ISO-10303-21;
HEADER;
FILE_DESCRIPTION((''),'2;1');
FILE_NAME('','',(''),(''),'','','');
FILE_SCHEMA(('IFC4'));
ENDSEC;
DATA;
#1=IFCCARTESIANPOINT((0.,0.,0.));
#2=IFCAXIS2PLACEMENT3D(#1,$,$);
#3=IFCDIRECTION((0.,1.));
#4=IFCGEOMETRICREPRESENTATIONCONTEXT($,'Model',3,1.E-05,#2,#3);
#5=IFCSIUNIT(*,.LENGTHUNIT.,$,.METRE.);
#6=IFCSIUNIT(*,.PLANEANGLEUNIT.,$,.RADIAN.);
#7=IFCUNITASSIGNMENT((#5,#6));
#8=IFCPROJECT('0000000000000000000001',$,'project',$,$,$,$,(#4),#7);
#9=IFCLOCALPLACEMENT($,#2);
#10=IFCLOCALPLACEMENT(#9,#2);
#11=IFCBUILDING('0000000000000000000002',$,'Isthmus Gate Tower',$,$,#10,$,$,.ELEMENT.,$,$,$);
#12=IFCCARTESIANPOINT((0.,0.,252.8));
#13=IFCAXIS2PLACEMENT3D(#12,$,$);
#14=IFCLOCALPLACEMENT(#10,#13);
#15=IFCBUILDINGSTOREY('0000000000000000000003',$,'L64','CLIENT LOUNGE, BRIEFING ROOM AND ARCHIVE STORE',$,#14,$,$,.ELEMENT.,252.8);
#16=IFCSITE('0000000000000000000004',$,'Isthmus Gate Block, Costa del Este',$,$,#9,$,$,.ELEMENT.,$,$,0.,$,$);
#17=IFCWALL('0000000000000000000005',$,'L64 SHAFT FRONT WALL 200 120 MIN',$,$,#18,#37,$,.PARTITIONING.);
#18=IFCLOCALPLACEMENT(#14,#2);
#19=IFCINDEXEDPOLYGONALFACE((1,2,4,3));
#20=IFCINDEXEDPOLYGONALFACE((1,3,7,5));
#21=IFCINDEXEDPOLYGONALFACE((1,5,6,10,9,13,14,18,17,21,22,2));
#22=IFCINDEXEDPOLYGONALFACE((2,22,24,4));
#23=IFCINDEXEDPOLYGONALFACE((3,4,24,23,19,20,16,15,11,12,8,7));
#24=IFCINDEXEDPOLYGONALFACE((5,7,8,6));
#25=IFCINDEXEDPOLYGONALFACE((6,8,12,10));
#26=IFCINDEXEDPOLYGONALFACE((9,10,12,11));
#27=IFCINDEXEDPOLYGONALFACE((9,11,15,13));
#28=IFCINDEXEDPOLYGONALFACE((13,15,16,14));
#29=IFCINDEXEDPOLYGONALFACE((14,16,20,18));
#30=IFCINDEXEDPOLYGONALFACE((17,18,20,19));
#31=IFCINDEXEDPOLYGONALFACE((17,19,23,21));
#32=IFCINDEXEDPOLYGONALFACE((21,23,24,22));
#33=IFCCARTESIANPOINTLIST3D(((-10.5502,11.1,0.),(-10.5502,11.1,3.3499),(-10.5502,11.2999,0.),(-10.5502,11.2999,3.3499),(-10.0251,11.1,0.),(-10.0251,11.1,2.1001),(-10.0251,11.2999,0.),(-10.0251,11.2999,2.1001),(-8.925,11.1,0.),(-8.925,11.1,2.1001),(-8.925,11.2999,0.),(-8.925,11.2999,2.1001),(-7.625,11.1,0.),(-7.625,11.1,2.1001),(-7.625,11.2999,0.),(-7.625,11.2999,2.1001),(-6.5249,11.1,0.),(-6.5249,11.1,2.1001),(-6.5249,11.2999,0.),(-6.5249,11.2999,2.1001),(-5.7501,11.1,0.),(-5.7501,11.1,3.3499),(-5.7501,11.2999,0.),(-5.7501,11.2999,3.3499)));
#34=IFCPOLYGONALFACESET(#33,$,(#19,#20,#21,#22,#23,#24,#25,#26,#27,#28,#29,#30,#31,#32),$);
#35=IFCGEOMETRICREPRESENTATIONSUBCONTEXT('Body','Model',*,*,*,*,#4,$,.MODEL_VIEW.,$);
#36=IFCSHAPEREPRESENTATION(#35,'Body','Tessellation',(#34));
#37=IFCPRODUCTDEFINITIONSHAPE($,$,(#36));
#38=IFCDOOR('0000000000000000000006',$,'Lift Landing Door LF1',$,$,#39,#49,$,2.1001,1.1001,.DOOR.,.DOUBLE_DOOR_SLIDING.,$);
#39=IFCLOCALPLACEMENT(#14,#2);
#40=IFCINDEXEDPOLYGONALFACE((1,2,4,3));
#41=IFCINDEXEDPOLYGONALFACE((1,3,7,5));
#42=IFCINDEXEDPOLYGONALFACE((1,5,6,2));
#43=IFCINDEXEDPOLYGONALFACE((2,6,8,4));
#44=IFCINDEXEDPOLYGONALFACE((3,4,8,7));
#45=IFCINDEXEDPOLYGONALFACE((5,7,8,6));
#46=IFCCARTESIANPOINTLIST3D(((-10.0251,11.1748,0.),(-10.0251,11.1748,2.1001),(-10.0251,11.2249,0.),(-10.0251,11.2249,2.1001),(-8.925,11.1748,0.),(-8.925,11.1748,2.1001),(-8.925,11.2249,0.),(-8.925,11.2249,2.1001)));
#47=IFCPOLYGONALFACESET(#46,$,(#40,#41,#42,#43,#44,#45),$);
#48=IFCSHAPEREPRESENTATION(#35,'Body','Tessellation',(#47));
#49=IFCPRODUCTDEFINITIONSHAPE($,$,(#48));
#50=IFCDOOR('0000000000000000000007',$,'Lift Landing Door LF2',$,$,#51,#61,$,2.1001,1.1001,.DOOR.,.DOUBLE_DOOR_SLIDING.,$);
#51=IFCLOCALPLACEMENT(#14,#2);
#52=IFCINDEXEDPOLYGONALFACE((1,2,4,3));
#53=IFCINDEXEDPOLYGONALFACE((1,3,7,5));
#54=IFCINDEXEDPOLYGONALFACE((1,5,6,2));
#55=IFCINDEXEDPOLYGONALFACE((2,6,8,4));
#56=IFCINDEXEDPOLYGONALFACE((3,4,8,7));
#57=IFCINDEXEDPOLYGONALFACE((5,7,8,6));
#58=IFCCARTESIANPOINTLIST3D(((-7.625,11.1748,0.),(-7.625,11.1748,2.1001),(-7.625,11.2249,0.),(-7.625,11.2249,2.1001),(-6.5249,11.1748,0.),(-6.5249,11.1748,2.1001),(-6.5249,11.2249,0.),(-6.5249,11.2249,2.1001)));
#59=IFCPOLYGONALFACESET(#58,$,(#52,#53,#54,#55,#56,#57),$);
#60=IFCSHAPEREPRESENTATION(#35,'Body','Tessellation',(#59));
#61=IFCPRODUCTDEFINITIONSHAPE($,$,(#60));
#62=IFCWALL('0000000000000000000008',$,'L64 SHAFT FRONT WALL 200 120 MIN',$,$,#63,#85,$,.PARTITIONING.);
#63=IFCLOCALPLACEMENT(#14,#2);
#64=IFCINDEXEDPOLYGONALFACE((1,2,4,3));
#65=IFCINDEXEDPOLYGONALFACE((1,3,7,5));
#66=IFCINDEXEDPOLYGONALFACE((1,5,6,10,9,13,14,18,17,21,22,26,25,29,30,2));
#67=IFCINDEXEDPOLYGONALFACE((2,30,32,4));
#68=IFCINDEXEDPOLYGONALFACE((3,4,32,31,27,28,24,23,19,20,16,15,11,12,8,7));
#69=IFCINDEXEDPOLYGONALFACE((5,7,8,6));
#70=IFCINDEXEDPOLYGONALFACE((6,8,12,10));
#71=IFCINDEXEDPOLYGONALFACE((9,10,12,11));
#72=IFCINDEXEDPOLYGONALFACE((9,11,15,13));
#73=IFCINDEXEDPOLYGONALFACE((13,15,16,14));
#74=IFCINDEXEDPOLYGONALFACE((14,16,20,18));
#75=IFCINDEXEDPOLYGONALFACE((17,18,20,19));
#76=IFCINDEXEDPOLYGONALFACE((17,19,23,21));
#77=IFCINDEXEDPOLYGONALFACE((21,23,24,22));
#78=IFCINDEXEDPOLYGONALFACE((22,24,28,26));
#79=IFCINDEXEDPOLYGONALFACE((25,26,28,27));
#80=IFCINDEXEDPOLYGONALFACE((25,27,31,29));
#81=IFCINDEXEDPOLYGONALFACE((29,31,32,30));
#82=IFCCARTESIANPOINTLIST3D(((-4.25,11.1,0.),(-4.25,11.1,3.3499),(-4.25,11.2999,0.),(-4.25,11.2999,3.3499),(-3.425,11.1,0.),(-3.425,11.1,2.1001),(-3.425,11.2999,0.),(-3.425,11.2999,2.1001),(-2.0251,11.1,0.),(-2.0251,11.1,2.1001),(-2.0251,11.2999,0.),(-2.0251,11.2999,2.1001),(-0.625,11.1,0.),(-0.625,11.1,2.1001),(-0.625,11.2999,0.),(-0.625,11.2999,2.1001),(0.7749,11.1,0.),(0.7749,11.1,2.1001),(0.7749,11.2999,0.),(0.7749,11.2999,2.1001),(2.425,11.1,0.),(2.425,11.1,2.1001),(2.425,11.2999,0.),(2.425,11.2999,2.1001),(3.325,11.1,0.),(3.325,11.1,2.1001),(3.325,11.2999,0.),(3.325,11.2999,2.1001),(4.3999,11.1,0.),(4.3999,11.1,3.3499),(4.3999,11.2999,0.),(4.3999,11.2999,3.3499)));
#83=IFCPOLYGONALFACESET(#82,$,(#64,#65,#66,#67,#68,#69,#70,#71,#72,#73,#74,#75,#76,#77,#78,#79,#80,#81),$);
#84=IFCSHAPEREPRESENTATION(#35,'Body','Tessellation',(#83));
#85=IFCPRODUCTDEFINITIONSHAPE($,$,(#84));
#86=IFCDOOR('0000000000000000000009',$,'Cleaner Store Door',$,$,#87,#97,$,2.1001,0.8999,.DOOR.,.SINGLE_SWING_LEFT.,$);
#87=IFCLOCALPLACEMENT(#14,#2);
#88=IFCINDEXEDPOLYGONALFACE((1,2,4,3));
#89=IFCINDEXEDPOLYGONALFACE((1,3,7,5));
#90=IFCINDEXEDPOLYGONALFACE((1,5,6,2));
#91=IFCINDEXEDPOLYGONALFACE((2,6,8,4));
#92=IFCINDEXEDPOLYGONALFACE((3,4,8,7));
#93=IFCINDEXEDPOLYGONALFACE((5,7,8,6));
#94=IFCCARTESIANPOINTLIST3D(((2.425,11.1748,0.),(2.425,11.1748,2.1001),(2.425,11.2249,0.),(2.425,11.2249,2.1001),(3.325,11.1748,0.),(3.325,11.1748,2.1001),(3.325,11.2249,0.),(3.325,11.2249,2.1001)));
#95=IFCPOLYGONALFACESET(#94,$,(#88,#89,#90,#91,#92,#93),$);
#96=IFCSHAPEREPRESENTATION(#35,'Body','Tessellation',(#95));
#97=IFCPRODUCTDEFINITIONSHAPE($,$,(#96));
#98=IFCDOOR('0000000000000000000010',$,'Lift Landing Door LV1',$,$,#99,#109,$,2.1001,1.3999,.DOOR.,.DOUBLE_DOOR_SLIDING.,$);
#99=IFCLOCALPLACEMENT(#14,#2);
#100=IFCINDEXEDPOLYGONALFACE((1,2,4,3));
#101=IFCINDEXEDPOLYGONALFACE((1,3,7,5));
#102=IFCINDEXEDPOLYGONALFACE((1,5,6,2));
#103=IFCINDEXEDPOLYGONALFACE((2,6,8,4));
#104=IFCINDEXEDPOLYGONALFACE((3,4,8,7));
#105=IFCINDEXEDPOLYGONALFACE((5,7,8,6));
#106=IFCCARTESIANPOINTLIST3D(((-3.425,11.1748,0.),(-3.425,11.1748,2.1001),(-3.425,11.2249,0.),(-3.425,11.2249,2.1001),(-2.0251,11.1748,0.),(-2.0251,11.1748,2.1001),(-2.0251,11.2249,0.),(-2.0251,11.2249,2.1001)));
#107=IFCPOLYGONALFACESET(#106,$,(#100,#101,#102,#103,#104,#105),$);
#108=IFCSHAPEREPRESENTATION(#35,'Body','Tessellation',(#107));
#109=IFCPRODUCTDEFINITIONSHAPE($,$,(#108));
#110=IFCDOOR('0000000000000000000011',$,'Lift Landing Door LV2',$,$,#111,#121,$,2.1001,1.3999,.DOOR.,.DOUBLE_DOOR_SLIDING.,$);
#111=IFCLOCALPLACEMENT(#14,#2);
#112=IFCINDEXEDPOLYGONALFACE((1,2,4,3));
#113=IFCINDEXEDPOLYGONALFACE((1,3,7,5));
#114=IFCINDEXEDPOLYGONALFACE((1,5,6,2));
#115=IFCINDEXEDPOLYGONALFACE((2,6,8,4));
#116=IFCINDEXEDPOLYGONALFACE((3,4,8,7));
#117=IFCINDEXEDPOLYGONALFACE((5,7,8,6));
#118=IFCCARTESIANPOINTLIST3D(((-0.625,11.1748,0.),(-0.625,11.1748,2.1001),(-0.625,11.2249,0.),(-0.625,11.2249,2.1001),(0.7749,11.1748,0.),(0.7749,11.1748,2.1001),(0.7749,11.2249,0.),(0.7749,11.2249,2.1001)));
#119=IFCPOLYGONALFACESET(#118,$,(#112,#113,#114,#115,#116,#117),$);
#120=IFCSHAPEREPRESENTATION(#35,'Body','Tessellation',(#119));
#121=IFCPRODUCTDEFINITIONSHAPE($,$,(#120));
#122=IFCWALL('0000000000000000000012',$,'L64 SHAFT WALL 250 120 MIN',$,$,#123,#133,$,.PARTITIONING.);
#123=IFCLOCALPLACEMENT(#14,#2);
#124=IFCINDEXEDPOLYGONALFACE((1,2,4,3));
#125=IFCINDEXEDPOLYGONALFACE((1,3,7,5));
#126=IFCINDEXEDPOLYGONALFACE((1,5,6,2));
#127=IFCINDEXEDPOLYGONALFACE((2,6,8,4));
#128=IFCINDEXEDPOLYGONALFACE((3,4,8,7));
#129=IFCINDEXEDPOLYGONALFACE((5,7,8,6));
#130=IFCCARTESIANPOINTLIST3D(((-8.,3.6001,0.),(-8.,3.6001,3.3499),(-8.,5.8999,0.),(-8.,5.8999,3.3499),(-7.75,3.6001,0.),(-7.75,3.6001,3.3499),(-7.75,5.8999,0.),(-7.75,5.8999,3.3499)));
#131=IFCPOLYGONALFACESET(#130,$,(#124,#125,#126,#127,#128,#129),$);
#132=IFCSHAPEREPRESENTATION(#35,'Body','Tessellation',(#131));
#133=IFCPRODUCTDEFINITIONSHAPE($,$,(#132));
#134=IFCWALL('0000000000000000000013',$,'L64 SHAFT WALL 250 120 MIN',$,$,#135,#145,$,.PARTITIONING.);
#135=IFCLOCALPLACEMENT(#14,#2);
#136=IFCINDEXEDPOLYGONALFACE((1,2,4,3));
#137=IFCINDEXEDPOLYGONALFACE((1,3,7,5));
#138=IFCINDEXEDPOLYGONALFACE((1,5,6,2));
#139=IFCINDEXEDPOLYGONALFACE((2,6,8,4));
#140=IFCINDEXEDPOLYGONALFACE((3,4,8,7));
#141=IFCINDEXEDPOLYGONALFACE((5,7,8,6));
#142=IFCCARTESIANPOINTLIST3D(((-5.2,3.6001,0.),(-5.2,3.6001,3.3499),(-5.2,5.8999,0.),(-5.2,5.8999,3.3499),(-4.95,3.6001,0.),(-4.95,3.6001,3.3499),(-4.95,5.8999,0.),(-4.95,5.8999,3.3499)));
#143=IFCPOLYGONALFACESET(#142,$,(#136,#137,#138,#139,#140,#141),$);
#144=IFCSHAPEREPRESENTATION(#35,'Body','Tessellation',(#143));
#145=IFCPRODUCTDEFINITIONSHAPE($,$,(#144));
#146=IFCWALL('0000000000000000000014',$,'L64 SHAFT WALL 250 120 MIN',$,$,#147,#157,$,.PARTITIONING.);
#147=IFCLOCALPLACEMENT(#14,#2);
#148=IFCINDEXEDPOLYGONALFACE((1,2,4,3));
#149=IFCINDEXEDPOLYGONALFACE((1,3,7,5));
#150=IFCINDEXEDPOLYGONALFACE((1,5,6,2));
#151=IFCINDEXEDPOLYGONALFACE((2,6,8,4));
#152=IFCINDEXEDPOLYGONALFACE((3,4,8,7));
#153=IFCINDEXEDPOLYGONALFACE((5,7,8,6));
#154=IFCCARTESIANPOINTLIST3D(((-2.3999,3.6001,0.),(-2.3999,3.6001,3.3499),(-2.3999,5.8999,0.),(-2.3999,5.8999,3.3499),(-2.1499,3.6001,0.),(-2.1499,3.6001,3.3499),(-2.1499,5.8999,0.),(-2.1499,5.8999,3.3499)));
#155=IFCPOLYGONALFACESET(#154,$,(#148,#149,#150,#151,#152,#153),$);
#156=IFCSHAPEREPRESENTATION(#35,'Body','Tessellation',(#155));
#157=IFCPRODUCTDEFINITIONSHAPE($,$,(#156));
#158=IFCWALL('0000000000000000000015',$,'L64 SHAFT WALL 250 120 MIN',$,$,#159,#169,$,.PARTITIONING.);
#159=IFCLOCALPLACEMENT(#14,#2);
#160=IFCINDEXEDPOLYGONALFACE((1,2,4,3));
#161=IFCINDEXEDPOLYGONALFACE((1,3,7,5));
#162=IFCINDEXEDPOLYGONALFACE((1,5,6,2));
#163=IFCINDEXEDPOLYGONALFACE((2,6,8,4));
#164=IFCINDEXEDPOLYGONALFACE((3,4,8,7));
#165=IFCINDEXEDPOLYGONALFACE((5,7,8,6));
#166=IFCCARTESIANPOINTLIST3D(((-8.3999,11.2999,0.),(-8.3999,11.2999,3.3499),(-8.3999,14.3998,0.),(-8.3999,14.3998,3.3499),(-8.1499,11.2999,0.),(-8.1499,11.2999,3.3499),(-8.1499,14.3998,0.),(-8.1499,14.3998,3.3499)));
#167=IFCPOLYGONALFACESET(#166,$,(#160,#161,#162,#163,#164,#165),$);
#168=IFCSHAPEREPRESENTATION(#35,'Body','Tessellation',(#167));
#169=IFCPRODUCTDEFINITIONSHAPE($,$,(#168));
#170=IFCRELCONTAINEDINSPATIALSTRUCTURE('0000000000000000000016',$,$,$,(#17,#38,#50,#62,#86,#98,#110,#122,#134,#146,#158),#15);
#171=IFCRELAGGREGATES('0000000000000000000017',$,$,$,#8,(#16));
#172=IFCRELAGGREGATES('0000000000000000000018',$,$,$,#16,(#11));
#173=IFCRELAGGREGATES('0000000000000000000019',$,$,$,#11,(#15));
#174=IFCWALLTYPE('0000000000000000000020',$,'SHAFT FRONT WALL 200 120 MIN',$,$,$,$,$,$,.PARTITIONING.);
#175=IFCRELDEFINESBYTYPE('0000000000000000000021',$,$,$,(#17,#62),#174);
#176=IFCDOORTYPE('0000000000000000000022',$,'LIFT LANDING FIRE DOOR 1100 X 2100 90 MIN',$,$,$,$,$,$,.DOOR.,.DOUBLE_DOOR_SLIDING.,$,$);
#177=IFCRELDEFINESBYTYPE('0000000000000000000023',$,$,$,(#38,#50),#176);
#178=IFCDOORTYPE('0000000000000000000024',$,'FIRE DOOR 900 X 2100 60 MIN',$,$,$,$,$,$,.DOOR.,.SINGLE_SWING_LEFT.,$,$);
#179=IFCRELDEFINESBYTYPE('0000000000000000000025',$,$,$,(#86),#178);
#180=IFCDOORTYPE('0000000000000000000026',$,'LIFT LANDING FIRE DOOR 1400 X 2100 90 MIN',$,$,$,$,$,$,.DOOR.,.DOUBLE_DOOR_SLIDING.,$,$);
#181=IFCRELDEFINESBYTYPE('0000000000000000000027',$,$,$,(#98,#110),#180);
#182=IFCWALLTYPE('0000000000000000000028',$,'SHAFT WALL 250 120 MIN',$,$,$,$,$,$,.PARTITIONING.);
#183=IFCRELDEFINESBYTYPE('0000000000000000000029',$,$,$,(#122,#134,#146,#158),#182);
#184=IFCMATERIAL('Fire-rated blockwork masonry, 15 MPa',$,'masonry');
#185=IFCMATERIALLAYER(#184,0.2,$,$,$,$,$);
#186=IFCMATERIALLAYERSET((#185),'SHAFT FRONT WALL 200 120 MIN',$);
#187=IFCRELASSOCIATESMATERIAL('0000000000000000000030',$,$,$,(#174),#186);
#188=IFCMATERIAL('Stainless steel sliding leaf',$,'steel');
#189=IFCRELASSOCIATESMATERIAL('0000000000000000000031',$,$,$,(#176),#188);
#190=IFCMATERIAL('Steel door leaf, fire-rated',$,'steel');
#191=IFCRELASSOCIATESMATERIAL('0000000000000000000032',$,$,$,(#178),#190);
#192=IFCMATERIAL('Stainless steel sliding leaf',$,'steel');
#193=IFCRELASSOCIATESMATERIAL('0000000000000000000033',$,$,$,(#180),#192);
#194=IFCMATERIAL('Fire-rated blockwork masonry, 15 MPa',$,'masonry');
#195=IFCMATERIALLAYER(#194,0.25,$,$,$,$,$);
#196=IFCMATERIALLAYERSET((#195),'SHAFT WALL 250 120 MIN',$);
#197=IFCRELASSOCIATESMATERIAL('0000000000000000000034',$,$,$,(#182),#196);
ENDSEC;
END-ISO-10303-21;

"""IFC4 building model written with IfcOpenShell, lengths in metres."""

from ifc_helpers import new_model, si_unit, direction, frame, frame_2d, origin, place, context, subcontext, project, spatial, rectangle, extrude, material, layer, layer_set, type_object, element, fill, save


model = new_model("IFC4")

# Units and contexts
model_context = context("Model", 3, precision=1e-05, world=origin(), true_north=direction((0.0, 1.0)))
body_context = subcontext(model_context, "Body", "Model", "MODEL_VIEW")
ifc_project = project(units=[si_unit("LENGTHUNIT", "METRE"), si_unit("PLANEANGLEUNIT", "RADIAN")], contexts=[model_context])

# Site, building, storey
site_placement = place(None, origin())
site = spatial("IfcSite", under=ifc_project, at=site_placement, Name="Isthmus Gate Block, Costa del Este", CompositionType="ELEMENT", RefElevation=0.0)
building_placement = place(site_placement, origin())
building = spatial("IfcBuilding", under=site, at=building_placement, Name="Isthmus Gate Tower", CompositionType="ELEMENT")
storey_placement = place(building_placement, frame((0.0, 0.0, 252.8)))
storey = spatial("IfcBuildingStorey", under=building, at=storey_placement, Name="L64", Description="CLIENT LOUNGE, BRIEFING ROOM AND ARCHIVE STORE", CompositionType="ELEMENT", Elevation=252.8)

# Walls, openings, doors
ifc_material_1 = material(Name="Fire-rated blockwork masonry, 15 MPa", Category="masonry")
ifc_layer_1 = layer(ifc_material_1, 0.2)
ifc_layer_set_1 = layer_set([ifc_layer_1], Name="SHAFT FRONT WALL 200 120 MIN")
wall_type_1 = type_object("IfcWallType", Name="SHAFT FRONT WALL 200 120 MIN", PredefinedType="PARTITIONING", material=ifc_layer_set_1)
wall_1_placement = place(storey_placement, frame((-10.55, 11.2, 0.0), z_axis=(0.0, 0.0, 1.0), x_axis=(1.0, 0.0, 0.0)))
wall_1 = element("IfcWall", 1, at=wall_1_placement, inside=storey, type_object=wall_type_1, Name="L64 SHAFT FRONT WALL 200 120 MIN", PredefinedType="PARTITIONING", context=body_context, shape_type="SweptSolid", body=[
    extrude(rectangle(XDim=4.8, YDim=0.2, at=frame_2d((2.3999, 0.0))), origin(), (0.0, 0.0, 1.0), 3.3499),
])
opening_1_placement = place(wall_1_placement, frame((0.5249, 0.0, 0.0)))
opening_1 = element("IfcOpeningElement", 2, at=opening_1_placement, cuts=wall_1, PredefinedType="OPENING", context=body_context, shape_type="SweptSolid", body=[
    extrude(rectangle(XDim=1.1001, YDim=2.1001, at=frame_2d((0.55, 1.05))), frame((0.0, 0.1099, 0.0), z_axis=(0.0, -1.0, 0.0), x_axis=(1.0, 0.0, 0.0)), (0.0, 0.0, 1.0), 0.22),
])
opening_2_placement = place(wall_1_placement, frame((2.925, 0.0, 0.0)))
opening_2 = element("IfcOpeningElement", 3, at=opening_2_placement, cuts=wall_1, PredefinedType="OPENING", context=body_context, shape_type="SweptSolid", body=[
    extrude(rectangle(XDim=1.1001, YDim=2.1001, at=frame_2d((0.55, 1.05))), frame((0.0, 0.1099, 0.0), z_axis=(0.0, -1.0, 0.0), x_axis=(1.0, 0.0, 0.0)), (0.0, 0.0, 1.0), 0.22),
])
ifc_material_2 = material(Name="Stainless steel sliding leaf", Category="steel")
door_type_1 = type_object("IfcDoorType", Name="LIFT LANDING FIRE DOOR 1100 X 2100 90 MIN", OperationType="DOUBLE_DOOR_SLIDING", PredefinedType="DOOR", material=ifc_material_2)
door_1_placement = place(opening_1_placement, origin())
door_1 = element("IfcDoor", 4, at=door_1_placement, inside=storey, type_object=door_type_1, Name="Lift Landing Door LF1", OperationType="DOUBLE_DOOR_SLIDING", OverallHeight=2.1001, OverallWidth=1.1001, PredefinedType="DOOR", context=body_context, shape_type="SweptSolid", body=[
    extrude(rectangle(XDim=1.1001, YDim=2.1001, at=frame_2d((0.55, 1.05))), frame((0.0, 0.0249, 0.0), z_axis=(0.0, -1.0, 0.0), x_axis=(1.0, 0.0, 0.0)), (0.0, 0.0, 1.0), 0.05),
])
fill(opening_1, door_1)
door_2_placement = place(opening_2_placement, origin())
door_2 = element("IfcDoor", 5, at=door_2_placement, inside=storey, type_object=door_type_1, Name="Lift Landing Door LF2", OperationType="DOUBLE_DOOR_SLIDING", OverallHeight=2.1001, OverallWidth=1.1001, PredefinedType="DOOR", context=body_context, shape_type="SweptSolid", body=[
    extrude(rectangle(XDim=1.1001, YDim=2.1001, at=frame_2d((0.55, 1.05))), frame((0.0, 0.0249, 0.0), z_axis=(0.0, -1.0, 0.0), x_axis=(1.0, 0.0, 0.0)), (0.0, 0.0, 1.0), 0.05),
])
fill(opening_2, door_2)
wall_2_placement = place(storey_placement, frame((-4.25, 11.2, 0.0), z_axis=(0.0, 0.0, 1.0), x_axis=(1.0, 0.0, 0.0)))
wall_2 = element("IfcWall", 6, at=wall_2_placement, inside=storey, type_object=wall_type_1, Name="L64 SHAFT FRONT WALL 200 120 MIN", PredefinedType="PARTITIONING", context=body_context, shape_type="SweptSolid", body=[
    extrude(rectangle(XDim=8.6499, YDim=0.2, at=frame_2d((4.325, 0.0))), origin(), (0.0, 0.0, 1.0), 3.3499),
])
opening_3_placement = place(wall_2_placement, frame((0.825, 0.0, 0.0)))
opening_3 = element("IfcOpeningElement", 7, at=opening_3_placement, cuts=wall_2, PredefinedType="OPENING", context=body_context, shape_type="SweptSolid", body=[
    extrude(rectangle(XDim=1.3999, YDim=2.1001, at=frame_2d((0.7, 1.05))), frame((0.0, 0.1099, 0.0), z_axis=(0.0, -1.0, 0.0), x_axis=(1.0, 0.0, 0.0)), (0.0, 0.0, 1.0), 0.22),
])
opening_4_placement = place(wall_2_placement, frame((3.625, 0.0, 0.0)))
opening_4 = element("IfcOpeningElement", 8, at=opening_4_placement, cuts=wall_2, PredefinedType="OPENING", context=body_context, shape_type="SweptSolid", body=[
    extrude(rectangle(XDim=1.3999, YDim=2.1001, at=frame_2d((0.7, 1.05))), frame((0.0, 0.1099, 0.0), z_axis=(0.0, -1.0, 0.0), x_axis=(1.0, 0.0, 0.0)), (0.0, 0.0, 1.0), 0.22),
])
opening_5_placement = place(wall_2_placement, frame((6.675, 0.0, 0.0)))
opening_5 = element("IfcOpeningElement", 9, at=opening_5_placement, cuts=wall_2, PredefinedType="OPENING", context=body_context, shape_type="SweptSolid", body=[
    extrude(rectangle(XDim=0.8999, YDim=2.1001, at=frame_2d((0.45, 1.05))), frame((0.0, 0.1099, 0.0), z_axis=(0.0, -1.0, 0.0), x_axis=(1.0, 0.0, 0.0)), (0.0, 0.0, 1.0), 0.22),
])
ifc_material_3 = material(Name="Steel door leaf, fire-rated", Category="steel")
door_type_2 = type_object("IfcDoorType", Name="FIRE DOOR 900 X 2100 60 MIN", OperationType="SINGLE_SWING_LEFT", PredefinedType="DOOR", material=ifc_material_3)
door_3_placement = place(opening_5_placement, origin())
door_3 = element("IfcDoor", 10, at=door_3_placement, inside=storey, type_object=door_type_2, Name="Cleaner Store Door", OperationType="SINGLE_SWING_LEFT", OverallHeight=2.1001, OverallWidth=0.8999, PredefinedType="DOOR", context=body_context, shape_type="SweptSolid", body=[
    extrude(rectangle(XDim=0.8999, YDim=2.1001, at=frame_2d((0.45, 1.05))), frame((0.0, 0.0249, 0.0), z_axis=(0.0, -1.0, 0.0), x_axis=(1.0, 0.0, 0.0)), (0.0, 0.0, 1.0), 0.05),
])
fill(opening_5, door_3)
ifc_material_4 = material(Name="Stainless steel sliding leaf", Category="steel")
door_type_3 = type_object("IfcDoorType", Name="LIFT LANDING FIRE DOOR 1400 X 2100 90 MIN", OperationType="DOUBLE_DOOR_SLIDING", PredefinedType="DOOR", material=ifc_material_4)
door_4_placement = place(opening_3_placement, origin())
door_4 = element("IfcDoor", 11, at=door_4_placement, inside=storey, type_object=door_type_3, Name="Lift Landing Door LV1", OperationType="DOUBLE_DOOR_SLIDING", OverallHeight=2.1001, OverallWidth=1.3999, PredefinedType="DOOR", context=body_context, shape_type="SweptSolid", body=[
    extrude(rectangle(XDim=1.3999, YDim=2.1001, at=frame_2d((0.7, 1.05))), frame((0.0, 0.0249, 0.0), z_axis=(0.0, -1.0, 0.0), x_axis=(1.0, 0.0, 0.0)), (0.0, 0.0, 1.0), 0.05),
])
fill(opening_3, door_4)
door_5_placement = place(opening_4_placement, origin())
door_5 = element("IfcDoor", 12, at=door_5_placement, inside=storey, type_object=door_type_3, Name="Lift Landing Door LV2", OperationType="DOUBLE_DOOR_SLIDING", OverallHeight=2.1001, OverallWidth=1.3999, PredefinedType="DOOR", context=body_context, shape_type="SweptSolid", body=[
    extrude(rectangle(XDim=1.3999, YDim=2.1001, at=frame_2d((0.7, 1.05))), frame((0.0, 0.0249, 0.0), z_axis=(0.0, -1.0, 0.0), x_axis=(1.0, 0.0, 0.0)), (0.0, 0.0, 1.0), 0.05),
])
fill(opening_4, door_5)

# Walls
ifc_material_5 = material(Name="Fire-rated blockwork masonry, 15 MPa", Category="masonry")
ifc_layer_2 = layer(ifc_material_5, 0.25)
ifc_layer_set_2 = layer_set([ifc_layer_2], Name="SHAFT WALL 250 120 MIN")
wall_type_2 = type_object("IfcWallType", Name="SHAFT WALL 250 120 MIN", PredefinedType="PARTITIONING", material=ifc_layer_set_2)
for number, where, z_axis, x_axis, name in (
    (13, (-7.875, 3.6001, 0.0), (0.0, 0.0, 1.0), (0.0, 1.0, 0.0), "L64 SHAFT WALL 250 120 MIN"),
    (14, (-5.075, 3.6001, 0.0), (0.0, 0.0, 1.0), (0.0, 1.0, 0.0), "L64 SHAFT WALL 250 120 MIN"),
    (15, (-2.2749, 3.6001, 0.0), (0.0, 0.0, 1.0), (0.0, 1.0, 0.0), "L64 SHAFT WALL 250 120 MIN"),
):
    element("IfcWall", number, at=place(storey_placement, frame(where, z_axis=z_axis, x_axis=x_axis)), inside=storey, type_object=wall_type_2, Name=name, PredefinedType="PARTITIONING", context=body_context, shape_type="SweptSolid", body=[
        extrude(rectangle(XDim=2.2998, YDim=0.25, at=frame_2d((1.1499, 0.0))), origin(), (0.0, 0.0, 1.0), 3.3499),
    ])
for number, where, z_axis, x_axis, name in (
    (16, (-8.2749, 11.3, 0.0), (0.0, 0.0, 1.0), (0.0, 1.0, 0.0), "L64 SHAFT WALL 250 120 MIN"),
):
    element("IfcWall", number, at=place(storey_placement, frame(where, z_axis=z_axis, x_axis=x_axis)), inside=storey, type_object=wall_type_2, Name=name, PredefinedType="PARTITIONING", context=body_context, shape_type="SweptSolid", body=[
        extrude(rectangle(XDim=3.0999, YDim=0.25, at=frame_2d((1.5498, 0.0))), origin(), (0.0, 0.0, 1.0), 3.3499),
    ])

save(model, "model.ifc")
